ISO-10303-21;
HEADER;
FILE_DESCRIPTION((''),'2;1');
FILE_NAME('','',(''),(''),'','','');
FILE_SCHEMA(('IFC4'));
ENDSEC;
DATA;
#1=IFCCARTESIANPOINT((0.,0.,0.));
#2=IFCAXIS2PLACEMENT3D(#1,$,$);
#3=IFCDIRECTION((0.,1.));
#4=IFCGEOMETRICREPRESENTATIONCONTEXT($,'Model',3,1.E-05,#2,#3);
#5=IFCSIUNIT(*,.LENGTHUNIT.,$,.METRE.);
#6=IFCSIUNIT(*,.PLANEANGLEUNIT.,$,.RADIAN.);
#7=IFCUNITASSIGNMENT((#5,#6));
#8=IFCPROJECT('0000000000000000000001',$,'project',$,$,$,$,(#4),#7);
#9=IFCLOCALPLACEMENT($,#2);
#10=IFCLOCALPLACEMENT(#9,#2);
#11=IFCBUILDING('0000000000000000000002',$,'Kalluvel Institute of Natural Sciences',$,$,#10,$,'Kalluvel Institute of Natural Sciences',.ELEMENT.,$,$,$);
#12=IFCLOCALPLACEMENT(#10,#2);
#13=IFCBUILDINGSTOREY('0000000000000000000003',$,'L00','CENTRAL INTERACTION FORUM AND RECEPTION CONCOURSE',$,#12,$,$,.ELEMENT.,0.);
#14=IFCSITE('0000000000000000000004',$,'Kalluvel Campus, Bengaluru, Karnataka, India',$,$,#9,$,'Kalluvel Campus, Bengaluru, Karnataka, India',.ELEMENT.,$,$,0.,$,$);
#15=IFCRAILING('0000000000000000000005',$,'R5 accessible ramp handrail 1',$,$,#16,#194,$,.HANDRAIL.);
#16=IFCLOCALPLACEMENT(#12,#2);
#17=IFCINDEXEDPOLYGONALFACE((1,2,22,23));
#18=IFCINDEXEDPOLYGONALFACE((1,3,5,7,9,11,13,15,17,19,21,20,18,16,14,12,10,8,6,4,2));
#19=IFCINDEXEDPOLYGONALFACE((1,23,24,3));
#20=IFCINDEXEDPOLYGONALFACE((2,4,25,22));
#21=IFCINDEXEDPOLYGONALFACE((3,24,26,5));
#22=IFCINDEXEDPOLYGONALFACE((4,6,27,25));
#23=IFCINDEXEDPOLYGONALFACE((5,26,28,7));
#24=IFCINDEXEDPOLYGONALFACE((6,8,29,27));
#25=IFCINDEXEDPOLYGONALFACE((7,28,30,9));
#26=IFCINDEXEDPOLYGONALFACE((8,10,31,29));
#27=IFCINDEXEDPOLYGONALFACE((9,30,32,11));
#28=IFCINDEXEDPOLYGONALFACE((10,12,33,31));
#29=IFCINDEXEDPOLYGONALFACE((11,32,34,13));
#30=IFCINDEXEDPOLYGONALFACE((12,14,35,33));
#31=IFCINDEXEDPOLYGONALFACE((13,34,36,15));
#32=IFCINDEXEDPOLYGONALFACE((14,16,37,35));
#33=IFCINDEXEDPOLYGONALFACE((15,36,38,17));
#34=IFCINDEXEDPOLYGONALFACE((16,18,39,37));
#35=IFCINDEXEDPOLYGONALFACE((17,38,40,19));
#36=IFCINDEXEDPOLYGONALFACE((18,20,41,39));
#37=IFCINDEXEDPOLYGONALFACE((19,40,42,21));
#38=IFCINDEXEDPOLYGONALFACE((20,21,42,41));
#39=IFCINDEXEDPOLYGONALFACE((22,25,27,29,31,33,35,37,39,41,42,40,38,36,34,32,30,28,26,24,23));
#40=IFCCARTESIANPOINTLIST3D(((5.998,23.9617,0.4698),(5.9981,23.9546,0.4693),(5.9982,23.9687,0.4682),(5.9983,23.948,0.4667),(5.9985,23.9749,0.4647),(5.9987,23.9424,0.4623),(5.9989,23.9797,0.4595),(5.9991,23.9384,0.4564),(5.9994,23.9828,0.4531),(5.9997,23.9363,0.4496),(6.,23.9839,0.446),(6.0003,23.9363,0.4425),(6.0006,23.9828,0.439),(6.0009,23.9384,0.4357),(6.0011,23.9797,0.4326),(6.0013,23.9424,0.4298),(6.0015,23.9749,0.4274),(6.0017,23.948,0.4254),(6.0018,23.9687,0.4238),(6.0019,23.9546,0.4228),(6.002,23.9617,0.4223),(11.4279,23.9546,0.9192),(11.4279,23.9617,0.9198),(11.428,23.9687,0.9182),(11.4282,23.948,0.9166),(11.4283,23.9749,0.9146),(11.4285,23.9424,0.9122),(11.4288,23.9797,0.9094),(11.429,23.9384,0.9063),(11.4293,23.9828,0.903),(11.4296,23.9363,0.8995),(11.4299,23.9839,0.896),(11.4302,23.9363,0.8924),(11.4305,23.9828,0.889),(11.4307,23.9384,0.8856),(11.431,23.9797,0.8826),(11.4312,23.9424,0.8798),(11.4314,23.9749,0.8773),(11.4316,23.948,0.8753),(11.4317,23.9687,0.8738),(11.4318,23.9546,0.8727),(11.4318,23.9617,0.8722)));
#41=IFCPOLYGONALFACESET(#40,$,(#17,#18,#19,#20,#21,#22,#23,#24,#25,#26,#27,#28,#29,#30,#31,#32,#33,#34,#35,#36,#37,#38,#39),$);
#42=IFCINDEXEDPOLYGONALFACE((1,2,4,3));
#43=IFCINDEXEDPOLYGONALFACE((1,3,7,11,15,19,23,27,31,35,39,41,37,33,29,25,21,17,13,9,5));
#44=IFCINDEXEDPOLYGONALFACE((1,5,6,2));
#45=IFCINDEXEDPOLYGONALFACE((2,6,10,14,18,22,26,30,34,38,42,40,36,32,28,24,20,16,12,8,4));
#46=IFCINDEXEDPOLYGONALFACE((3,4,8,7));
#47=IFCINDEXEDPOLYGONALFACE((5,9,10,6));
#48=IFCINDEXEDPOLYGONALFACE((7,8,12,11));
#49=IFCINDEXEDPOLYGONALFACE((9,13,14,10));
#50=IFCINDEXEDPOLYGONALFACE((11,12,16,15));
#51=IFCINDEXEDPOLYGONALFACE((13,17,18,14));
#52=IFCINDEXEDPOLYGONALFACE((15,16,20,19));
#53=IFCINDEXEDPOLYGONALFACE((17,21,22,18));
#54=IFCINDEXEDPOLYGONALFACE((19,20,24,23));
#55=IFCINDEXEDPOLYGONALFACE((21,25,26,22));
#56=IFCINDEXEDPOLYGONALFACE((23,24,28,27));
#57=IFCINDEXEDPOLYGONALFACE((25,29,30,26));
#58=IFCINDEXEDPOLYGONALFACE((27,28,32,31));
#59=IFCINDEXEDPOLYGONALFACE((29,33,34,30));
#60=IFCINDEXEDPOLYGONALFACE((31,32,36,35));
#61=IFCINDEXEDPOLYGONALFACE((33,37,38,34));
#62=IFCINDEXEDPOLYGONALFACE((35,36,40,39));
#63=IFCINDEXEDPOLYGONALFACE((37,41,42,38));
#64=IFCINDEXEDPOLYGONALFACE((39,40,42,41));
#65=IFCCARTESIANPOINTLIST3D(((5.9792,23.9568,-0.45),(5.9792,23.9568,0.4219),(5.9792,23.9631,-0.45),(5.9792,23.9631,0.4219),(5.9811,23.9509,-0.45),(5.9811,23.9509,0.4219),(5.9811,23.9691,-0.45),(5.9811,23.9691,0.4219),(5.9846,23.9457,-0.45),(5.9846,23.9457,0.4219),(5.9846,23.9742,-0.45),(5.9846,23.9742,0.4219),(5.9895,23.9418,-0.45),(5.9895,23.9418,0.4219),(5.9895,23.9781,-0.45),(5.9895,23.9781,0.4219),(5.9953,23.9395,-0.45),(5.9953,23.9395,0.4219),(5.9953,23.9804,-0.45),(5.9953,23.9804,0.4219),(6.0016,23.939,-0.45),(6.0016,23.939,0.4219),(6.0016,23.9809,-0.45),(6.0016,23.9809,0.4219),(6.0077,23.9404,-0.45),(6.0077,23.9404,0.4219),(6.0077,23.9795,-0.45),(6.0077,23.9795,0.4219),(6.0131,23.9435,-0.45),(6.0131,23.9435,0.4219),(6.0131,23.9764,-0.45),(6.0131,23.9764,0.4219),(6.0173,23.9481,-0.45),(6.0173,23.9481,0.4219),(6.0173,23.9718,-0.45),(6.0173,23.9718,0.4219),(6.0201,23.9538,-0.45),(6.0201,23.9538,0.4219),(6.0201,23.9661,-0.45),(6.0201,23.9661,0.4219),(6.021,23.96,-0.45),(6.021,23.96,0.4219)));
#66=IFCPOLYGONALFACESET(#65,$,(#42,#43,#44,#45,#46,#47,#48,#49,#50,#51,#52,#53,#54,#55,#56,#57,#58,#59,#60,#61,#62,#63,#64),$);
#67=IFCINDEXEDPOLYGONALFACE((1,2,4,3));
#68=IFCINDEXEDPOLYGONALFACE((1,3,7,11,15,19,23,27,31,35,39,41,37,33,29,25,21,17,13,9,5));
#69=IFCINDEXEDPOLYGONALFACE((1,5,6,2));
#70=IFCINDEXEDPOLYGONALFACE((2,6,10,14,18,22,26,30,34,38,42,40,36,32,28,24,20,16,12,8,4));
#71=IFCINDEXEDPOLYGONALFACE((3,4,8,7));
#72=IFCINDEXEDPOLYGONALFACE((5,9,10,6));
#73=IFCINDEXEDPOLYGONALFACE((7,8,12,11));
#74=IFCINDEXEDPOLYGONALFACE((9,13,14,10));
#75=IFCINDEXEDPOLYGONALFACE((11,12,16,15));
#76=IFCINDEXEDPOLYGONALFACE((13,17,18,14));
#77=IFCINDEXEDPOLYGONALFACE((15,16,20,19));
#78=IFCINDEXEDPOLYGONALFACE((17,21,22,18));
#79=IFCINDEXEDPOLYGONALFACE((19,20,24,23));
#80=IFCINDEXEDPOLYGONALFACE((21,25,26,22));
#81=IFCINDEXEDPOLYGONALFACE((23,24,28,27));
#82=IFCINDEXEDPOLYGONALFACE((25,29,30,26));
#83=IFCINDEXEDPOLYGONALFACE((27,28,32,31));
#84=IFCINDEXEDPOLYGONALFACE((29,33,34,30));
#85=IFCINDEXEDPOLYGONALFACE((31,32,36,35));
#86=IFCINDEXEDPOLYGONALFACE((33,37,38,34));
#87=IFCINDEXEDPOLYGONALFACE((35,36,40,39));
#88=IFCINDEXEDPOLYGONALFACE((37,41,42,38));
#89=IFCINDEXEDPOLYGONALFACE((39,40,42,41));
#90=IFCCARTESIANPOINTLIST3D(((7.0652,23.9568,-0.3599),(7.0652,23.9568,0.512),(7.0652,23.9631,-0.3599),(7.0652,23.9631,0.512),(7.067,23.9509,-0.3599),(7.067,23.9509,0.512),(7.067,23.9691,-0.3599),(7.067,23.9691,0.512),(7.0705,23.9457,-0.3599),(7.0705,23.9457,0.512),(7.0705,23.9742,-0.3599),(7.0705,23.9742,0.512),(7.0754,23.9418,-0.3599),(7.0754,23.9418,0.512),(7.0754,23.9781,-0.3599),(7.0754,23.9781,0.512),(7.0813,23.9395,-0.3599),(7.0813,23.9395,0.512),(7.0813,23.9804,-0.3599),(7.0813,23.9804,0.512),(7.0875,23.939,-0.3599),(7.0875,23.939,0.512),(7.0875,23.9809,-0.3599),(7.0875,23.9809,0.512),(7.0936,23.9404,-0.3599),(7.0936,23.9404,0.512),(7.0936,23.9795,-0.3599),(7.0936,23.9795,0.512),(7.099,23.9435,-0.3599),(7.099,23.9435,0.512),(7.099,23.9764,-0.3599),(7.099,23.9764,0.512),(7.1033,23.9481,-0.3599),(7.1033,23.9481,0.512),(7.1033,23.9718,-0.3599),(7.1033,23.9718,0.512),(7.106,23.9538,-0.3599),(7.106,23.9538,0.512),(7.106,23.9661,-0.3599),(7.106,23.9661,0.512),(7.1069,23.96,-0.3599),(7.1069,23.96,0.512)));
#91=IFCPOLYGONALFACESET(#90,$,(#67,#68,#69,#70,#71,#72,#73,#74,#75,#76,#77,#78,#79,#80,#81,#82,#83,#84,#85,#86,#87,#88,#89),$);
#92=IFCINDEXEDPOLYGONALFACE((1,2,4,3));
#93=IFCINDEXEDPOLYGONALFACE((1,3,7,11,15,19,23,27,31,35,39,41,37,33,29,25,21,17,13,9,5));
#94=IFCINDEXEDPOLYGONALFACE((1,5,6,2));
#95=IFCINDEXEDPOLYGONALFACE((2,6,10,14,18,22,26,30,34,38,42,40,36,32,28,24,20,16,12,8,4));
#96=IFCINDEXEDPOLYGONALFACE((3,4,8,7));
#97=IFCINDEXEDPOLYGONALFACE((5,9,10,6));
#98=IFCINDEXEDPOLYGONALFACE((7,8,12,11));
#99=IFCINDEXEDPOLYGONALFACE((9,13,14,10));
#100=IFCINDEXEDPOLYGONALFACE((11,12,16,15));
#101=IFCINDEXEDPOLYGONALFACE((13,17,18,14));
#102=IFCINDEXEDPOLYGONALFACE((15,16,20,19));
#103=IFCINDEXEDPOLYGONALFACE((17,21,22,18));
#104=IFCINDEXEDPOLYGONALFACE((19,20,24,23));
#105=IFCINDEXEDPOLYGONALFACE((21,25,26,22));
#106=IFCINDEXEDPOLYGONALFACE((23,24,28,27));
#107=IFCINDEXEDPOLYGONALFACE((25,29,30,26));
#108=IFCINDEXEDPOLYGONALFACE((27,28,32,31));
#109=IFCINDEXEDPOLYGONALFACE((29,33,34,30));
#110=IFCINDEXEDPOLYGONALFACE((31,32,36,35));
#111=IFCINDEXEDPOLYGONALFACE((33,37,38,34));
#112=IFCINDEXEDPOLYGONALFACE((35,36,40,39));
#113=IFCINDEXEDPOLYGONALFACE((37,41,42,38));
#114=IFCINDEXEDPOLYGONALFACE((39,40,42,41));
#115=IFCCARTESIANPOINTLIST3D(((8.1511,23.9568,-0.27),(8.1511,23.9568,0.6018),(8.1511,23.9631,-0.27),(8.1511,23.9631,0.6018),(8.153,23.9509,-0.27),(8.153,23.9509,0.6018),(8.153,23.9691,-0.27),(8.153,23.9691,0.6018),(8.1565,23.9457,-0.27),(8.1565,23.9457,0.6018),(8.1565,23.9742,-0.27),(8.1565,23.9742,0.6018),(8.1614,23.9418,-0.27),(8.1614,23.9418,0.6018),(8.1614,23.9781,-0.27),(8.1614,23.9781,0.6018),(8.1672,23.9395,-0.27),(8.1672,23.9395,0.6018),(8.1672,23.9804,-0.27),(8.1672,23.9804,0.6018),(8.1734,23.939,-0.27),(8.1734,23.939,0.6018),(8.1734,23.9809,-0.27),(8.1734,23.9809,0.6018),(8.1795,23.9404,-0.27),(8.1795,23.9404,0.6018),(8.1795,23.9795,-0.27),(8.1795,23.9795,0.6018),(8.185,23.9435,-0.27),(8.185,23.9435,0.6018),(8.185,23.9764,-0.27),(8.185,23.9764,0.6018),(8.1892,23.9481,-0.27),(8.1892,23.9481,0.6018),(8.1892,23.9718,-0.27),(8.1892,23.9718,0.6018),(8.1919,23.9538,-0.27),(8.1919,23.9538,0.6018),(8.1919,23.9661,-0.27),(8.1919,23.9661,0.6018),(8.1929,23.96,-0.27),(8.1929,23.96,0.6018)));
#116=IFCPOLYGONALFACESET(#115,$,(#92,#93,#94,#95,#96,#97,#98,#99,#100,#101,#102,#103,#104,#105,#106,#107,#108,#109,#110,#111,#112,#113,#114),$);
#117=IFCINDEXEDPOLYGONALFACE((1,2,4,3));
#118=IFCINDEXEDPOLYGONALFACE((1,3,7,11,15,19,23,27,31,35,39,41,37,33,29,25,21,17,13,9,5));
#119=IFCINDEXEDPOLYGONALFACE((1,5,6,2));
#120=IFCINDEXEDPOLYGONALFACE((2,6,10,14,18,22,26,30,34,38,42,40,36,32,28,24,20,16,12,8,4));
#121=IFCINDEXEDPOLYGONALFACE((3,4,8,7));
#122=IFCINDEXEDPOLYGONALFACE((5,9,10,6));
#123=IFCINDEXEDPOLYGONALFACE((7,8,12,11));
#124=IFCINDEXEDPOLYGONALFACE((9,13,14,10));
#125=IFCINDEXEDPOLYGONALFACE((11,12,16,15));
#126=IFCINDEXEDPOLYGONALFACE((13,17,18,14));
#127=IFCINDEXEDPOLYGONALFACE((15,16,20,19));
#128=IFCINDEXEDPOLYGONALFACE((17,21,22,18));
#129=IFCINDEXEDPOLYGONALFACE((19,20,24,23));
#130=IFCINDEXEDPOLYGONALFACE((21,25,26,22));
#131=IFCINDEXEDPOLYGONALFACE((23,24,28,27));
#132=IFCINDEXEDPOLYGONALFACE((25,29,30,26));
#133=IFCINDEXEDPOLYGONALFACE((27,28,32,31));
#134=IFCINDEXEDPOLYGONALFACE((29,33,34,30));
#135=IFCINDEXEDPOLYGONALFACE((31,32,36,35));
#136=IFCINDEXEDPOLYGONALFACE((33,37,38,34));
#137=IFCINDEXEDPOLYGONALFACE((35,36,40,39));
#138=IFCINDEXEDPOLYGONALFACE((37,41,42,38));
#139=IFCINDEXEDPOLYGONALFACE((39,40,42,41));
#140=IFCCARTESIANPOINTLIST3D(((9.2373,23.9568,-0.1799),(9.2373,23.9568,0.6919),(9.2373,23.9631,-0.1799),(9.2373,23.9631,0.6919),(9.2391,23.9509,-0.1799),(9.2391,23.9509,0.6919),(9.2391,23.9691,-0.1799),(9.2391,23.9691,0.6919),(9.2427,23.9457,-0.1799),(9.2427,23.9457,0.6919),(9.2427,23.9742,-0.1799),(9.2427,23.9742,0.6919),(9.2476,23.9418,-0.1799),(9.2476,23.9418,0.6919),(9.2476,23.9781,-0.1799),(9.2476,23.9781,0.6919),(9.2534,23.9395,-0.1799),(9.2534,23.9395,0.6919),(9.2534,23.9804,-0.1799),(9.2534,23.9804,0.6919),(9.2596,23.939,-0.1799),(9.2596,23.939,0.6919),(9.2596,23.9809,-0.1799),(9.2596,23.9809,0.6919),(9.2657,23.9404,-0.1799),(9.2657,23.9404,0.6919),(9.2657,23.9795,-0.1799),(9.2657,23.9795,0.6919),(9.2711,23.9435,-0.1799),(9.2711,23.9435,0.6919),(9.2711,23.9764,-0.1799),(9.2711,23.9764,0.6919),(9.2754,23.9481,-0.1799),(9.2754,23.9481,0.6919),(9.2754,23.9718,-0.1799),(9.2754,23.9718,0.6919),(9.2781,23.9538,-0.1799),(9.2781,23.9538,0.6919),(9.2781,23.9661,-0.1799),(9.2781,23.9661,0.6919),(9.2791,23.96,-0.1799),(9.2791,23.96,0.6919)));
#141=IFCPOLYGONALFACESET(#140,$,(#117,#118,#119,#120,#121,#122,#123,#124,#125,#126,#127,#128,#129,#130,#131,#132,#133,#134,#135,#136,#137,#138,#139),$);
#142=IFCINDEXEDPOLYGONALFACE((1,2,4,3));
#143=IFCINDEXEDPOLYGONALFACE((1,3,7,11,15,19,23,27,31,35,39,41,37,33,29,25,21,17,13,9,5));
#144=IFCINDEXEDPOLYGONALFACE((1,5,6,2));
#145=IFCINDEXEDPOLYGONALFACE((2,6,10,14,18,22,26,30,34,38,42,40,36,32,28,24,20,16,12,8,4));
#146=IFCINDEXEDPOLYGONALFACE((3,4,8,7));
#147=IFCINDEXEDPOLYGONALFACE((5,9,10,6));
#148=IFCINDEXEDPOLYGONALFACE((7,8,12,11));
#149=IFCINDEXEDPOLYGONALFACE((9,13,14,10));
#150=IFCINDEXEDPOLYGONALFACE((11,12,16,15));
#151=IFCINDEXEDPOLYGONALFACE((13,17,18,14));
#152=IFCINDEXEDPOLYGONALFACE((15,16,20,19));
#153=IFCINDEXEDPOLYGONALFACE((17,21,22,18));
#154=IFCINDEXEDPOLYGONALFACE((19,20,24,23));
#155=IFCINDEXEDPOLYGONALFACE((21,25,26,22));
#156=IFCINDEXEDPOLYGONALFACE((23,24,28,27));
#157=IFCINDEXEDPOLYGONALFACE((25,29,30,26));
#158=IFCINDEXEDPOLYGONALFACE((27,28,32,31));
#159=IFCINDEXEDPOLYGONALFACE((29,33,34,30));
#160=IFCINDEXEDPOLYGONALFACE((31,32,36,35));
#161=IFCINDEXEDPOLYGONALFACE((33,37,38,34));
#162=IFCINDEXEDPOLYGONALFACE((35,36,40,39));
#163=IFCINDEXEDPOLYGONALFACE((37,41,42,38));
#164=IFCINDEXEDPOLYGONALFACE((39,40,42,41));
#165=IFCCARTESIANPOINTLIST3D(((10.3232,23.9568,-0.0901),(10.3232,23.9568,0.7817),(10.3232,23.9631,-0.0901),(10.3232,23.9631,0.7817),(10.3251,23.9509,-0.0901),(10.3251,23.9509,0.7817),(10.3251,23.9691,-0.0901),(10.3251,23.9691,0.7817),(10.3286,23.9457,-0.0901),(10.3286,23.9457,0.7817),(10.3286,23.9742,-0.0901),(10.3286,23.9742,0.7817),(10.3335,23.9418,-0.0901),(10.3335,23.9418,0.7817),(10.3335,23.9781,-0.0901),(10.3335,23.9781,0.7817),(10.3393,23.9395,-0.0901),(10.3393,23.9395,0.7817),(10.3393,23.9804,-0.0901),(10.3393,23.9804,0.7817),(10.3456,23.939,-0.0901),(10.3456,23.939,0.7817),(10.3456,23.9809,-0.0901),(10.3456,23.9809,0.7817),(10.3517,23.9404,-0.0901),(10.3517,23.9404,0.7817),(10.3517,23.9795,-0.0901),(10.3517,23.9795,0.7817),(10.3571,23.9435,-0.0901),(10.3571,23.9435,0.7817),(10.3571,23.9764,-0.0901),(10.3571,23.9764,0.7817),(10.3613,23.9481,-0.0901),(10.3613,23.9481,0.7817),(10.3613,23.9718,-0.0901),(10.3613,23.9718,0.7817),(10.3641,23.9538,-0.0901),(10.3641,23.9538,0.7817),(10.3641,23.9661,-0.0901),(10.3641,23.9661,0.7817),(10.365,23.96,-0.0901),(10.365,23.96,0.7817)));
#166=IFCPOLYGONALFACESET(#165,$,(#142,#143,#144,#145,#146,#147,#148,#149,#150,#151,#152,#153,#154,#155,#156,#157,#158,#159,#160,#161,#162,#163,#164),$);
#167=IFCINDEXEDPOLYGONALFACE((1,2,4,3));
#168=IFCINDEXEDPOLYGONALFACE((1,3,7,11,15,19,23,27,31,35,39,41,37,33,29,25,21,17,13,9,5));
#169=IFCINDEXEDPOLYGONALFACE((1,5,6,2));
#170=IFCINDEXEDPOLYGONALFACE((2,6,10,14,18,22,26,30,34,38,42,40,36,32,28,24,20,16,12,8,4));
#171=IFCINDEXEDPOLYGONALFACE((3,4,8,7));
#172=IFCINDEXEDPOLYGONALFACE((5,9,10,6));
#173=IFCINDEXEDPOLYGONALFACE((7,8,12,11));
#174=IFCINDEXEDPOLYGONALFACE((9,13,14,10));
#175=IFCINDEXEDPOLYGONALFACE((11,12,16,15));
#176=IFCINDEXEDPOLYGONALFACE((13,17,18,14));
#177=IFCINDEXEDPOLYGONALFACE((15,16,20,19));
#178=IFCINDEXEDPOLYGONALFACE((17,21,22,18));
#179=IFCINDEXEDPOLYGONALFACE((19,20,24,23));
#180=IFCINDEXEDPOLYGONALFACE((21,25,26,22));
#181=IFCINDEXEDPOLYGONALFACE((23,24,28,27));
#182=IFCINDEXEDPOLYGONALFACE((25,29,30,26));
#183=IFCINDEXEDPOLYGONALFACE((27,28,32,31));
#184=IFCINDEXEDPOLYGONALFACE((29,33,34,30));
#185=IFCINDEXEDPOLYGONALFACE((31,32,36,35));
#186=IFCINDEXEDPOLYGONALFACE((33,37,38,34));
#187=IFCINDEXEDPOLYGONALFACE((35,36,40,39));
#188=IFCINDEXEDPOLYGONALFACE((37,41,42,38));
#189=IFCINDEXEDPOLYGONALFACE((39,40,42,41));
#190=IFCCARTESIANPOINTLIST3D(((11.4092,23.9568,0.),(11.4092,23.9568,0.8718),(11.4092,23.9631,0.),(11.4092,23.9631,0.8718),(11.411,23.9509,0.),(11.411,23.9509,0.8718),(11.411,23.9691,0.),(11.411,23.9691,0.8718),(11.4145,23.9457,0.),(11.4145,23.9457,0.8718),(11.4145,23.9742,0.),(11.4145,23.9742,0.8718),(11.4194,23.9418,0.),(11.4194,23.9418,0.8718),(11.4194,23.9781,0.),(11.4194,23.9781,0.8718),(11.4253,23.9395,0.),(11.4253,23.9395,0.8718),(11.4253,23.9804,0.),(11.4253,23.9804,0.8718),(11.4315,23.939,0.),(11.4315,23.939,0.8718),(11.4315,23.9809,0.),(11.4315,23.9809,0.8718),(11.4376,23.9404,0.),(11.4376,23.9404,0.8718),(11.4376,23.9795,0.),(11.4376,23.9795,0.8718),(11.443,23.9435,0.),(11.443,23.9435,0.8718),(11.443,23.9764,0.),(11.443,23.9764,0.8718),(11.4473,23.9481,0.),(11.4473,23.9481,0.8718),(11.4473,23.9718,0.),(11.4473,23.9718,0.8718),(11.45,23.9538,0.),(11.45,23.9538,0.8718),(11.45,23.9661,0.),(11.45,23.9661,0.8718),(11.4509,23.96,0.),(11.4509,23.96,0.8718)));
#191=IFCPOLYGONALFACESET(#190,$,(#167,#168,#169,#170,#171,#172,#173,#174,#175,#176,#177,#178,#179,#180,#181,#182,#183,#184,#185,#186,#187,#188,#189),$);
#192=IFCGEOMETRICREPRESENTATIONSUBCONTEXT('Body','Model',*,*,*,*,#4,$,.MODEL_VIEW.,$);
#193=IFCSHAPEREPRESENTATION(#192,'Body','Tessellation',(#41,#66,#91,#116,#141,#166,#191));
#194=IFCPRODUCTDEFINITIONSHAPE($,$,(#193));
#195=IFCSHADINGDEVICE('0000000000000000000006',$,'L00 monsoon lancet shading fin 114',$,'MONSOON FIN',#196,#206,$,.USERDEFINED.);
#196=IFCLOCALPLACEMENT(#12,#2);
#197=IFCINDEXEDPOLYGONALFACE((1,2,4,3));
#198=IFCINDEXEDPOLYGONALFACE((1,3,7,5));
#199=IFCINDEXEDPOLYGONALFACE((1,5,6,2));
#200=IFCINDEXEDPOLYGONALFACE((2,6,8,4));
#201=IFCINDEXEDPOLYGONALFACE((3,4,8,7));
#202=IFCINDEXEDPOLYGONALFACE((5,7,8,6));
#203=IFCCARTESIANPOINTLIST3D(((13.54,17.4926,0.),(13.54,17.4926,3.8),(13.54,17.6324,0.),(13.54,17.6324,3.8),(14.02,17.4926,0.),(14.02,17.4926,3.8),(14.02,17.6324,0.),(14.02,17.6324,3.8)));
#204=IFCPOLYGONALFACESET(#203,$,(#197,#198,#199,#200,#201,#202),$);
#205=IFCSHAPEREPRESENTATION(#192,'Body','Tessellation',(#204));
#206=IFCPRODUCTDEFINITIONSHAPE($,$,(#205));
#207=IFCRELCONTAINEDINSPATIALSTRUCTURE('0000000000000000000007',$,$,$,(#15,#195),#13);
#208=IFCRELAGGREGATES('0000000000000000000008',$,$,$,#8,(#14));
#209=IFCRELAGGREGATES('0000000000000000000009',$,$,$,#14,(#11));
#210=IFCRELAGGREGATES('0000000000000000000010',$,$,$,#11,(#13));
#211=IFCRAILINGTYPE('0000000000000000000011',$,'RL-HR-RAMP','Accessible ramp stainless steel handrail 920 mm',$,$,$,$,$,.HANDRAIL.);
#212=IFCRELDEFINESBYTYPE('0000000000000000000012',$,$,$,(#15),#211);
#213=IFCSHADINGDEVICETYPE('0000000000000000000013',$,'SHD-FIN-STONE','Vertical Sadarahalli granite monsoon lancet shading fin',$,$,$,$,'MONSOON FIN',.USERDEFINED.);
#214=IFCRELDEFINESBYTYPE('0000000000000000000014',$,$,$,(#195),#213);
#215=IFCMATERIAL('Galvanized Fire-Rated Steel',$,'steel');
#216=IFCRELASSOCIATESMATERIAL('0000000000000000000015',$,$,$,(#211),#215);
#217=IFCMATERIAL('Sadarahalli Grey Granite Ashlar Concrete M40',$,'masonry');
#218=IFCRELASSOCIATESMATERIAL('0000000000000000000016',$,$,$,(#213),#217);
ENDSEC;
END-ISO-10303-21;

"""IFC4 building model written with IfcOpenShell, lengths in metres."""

from ifc_helpers import new_model, si_unit, direction, frame, origin, origin_2d, place, context, subcontext, project, spatial, rectangle, circle, extrude, material, type_object, element, save


model = new_model("IFC4")

# Units and contexts
model_context = context("Model", 3, precision=1e-05, world=origin(), true_north=direction((0.0, 1.0)))
body_context = subcontext(model_context, "Body", "Model", "MODEL_VIEW")
ifc_project = project(units=[si_unit("LENGTHUNIT", "METRE"), si_unit("PLANEANGLEUNIT", "RADIAN")], contexts=[model_context])

# Site, building, storey
site_placement = place(None, origin())
site = spatial("IfcSite", under=ifc_project, at=site_placement, Name="Kalluvel Campus, Bengaluru, Karnataka, India", LongName="Kalluvel Campus, Bengaluru, Karnataka, India", CompositionType="ELEMENT", RefElevation=0.0)
building_placement = place(site_placement, origin())
building = spatial("IfcBuilding", under=site, at=building_placement, Name="Kalluvel Institute of Natural Sciences", LongName="Kalluvel Institute of Natural Sciences", CompositionType="ELEMENT")
storey_placement = place(building_placement, origin())
storey = spatial("IfcBuildingStorey", under=building, at=storey_placement, Name="L00", Description="CENTRAL INTERACTION FORUM AND RECEPTION CONCOURSE", CompositionType="ELEMENT", Elevation=0.0)

# Railing
ifc_material_1 = material(Name="Galvanized Fire-Rated Steel", Category="steel")
railing_type = type_object("IfcRailingType", Name="RL-HR-RAMP", Description="Accessible ramp stainless steel handrail 920 mm", PredefinedType="HANDRAIL", material=ifc_material_1)
railing_placement = place(storey_placement, frame((6.0, 23.96, -0.45)))
element("IfcRailing", 1, at=railing_placement, inside=storey, type_object=railing_type, Name="R5 accessible ramp handrail 1", PredefinedType="HANDRAIL", context=body_context, shape_type="SweptSolid", body=[
    extrude(circle(Radius=0.0239, at=origin_2d()), frame((0.0, 0.0, 0.896), z_axis=(0.996584, 0.0, 0.082582), x_axis=(0.0, 1.0, 0.0)), (0.0, 0.0, 1.0), 5.4485),
    extrude(circle(Radius=0.021, at=origin_2d()), origin(), (0.0, 0.0, 1.0), 0.8718),
    extrude(circle(Radius=0.021, at=origin_2d()), frame((1.0859, 0.0, 0.0901)), (0.0, 0.0, 1.0), 0.8718),
    extrude(circle(Radius=0.021, at=origin_2d()), frame((2.1719, 0.0, 0.1799)), (0.0, 0.0, 1.0), 0.8718),
    extrude(circle(Radius=0.021, at=origin_2d()), frame((3.2581, 0.0, 0.27)), (0.0, 0.0, 1.0), 0.8718),
    extrude(circle(Radius=0.021, at=origin_2d()), frame((4.344, 0.0, 0.3599)), (0.0, 0.0, 1.0), 0.8718),
    extrude(circle(Radius=0.021, at=origin_2d()), frame((5.4299, 0.0, 0.45)), (0.0, 0.0, 1.0), 0.8718),
])

# Shading device
ifc_material_2 = material(Name="Sadarahalli Grey Granite Ashlar Concrete M40", Category="masonry")
shading_device_type_1 = type_object("IfcShadingDeviceType", Name="SHD-FIN-STONE", Description="Vertical Sadarahalli granite monsoon lancet shading fin", ElementType="MONSOON FIN", PredefinedType="USERDEFINED", material=ifc_material_2)
shading_device_1_placement = place(storey_placement, frame((13.78, 17.5625, 0.0), z_axis=(0.0, 0.0, 1.0), x_axis=(0.0, 1.0, 0.0)))
element("IfcShadingDevice", 2, at=shading_device_1_placement, inside=storey, type_object=shading_device_type_1, Name="L00 monsoon lancet shading fin 114", ObjectType="MONSOON FIN", PredefinedType="USERDEFINED", context=body_context, shape_type="SweptSolid", body=[
    extrude(rectangle(XDim=0.1399, YDim=0.48, at=origin_2d()), origin(), (0.0, 0.0, 1.0), 3.8),
])

save(model, "model.ifc")
